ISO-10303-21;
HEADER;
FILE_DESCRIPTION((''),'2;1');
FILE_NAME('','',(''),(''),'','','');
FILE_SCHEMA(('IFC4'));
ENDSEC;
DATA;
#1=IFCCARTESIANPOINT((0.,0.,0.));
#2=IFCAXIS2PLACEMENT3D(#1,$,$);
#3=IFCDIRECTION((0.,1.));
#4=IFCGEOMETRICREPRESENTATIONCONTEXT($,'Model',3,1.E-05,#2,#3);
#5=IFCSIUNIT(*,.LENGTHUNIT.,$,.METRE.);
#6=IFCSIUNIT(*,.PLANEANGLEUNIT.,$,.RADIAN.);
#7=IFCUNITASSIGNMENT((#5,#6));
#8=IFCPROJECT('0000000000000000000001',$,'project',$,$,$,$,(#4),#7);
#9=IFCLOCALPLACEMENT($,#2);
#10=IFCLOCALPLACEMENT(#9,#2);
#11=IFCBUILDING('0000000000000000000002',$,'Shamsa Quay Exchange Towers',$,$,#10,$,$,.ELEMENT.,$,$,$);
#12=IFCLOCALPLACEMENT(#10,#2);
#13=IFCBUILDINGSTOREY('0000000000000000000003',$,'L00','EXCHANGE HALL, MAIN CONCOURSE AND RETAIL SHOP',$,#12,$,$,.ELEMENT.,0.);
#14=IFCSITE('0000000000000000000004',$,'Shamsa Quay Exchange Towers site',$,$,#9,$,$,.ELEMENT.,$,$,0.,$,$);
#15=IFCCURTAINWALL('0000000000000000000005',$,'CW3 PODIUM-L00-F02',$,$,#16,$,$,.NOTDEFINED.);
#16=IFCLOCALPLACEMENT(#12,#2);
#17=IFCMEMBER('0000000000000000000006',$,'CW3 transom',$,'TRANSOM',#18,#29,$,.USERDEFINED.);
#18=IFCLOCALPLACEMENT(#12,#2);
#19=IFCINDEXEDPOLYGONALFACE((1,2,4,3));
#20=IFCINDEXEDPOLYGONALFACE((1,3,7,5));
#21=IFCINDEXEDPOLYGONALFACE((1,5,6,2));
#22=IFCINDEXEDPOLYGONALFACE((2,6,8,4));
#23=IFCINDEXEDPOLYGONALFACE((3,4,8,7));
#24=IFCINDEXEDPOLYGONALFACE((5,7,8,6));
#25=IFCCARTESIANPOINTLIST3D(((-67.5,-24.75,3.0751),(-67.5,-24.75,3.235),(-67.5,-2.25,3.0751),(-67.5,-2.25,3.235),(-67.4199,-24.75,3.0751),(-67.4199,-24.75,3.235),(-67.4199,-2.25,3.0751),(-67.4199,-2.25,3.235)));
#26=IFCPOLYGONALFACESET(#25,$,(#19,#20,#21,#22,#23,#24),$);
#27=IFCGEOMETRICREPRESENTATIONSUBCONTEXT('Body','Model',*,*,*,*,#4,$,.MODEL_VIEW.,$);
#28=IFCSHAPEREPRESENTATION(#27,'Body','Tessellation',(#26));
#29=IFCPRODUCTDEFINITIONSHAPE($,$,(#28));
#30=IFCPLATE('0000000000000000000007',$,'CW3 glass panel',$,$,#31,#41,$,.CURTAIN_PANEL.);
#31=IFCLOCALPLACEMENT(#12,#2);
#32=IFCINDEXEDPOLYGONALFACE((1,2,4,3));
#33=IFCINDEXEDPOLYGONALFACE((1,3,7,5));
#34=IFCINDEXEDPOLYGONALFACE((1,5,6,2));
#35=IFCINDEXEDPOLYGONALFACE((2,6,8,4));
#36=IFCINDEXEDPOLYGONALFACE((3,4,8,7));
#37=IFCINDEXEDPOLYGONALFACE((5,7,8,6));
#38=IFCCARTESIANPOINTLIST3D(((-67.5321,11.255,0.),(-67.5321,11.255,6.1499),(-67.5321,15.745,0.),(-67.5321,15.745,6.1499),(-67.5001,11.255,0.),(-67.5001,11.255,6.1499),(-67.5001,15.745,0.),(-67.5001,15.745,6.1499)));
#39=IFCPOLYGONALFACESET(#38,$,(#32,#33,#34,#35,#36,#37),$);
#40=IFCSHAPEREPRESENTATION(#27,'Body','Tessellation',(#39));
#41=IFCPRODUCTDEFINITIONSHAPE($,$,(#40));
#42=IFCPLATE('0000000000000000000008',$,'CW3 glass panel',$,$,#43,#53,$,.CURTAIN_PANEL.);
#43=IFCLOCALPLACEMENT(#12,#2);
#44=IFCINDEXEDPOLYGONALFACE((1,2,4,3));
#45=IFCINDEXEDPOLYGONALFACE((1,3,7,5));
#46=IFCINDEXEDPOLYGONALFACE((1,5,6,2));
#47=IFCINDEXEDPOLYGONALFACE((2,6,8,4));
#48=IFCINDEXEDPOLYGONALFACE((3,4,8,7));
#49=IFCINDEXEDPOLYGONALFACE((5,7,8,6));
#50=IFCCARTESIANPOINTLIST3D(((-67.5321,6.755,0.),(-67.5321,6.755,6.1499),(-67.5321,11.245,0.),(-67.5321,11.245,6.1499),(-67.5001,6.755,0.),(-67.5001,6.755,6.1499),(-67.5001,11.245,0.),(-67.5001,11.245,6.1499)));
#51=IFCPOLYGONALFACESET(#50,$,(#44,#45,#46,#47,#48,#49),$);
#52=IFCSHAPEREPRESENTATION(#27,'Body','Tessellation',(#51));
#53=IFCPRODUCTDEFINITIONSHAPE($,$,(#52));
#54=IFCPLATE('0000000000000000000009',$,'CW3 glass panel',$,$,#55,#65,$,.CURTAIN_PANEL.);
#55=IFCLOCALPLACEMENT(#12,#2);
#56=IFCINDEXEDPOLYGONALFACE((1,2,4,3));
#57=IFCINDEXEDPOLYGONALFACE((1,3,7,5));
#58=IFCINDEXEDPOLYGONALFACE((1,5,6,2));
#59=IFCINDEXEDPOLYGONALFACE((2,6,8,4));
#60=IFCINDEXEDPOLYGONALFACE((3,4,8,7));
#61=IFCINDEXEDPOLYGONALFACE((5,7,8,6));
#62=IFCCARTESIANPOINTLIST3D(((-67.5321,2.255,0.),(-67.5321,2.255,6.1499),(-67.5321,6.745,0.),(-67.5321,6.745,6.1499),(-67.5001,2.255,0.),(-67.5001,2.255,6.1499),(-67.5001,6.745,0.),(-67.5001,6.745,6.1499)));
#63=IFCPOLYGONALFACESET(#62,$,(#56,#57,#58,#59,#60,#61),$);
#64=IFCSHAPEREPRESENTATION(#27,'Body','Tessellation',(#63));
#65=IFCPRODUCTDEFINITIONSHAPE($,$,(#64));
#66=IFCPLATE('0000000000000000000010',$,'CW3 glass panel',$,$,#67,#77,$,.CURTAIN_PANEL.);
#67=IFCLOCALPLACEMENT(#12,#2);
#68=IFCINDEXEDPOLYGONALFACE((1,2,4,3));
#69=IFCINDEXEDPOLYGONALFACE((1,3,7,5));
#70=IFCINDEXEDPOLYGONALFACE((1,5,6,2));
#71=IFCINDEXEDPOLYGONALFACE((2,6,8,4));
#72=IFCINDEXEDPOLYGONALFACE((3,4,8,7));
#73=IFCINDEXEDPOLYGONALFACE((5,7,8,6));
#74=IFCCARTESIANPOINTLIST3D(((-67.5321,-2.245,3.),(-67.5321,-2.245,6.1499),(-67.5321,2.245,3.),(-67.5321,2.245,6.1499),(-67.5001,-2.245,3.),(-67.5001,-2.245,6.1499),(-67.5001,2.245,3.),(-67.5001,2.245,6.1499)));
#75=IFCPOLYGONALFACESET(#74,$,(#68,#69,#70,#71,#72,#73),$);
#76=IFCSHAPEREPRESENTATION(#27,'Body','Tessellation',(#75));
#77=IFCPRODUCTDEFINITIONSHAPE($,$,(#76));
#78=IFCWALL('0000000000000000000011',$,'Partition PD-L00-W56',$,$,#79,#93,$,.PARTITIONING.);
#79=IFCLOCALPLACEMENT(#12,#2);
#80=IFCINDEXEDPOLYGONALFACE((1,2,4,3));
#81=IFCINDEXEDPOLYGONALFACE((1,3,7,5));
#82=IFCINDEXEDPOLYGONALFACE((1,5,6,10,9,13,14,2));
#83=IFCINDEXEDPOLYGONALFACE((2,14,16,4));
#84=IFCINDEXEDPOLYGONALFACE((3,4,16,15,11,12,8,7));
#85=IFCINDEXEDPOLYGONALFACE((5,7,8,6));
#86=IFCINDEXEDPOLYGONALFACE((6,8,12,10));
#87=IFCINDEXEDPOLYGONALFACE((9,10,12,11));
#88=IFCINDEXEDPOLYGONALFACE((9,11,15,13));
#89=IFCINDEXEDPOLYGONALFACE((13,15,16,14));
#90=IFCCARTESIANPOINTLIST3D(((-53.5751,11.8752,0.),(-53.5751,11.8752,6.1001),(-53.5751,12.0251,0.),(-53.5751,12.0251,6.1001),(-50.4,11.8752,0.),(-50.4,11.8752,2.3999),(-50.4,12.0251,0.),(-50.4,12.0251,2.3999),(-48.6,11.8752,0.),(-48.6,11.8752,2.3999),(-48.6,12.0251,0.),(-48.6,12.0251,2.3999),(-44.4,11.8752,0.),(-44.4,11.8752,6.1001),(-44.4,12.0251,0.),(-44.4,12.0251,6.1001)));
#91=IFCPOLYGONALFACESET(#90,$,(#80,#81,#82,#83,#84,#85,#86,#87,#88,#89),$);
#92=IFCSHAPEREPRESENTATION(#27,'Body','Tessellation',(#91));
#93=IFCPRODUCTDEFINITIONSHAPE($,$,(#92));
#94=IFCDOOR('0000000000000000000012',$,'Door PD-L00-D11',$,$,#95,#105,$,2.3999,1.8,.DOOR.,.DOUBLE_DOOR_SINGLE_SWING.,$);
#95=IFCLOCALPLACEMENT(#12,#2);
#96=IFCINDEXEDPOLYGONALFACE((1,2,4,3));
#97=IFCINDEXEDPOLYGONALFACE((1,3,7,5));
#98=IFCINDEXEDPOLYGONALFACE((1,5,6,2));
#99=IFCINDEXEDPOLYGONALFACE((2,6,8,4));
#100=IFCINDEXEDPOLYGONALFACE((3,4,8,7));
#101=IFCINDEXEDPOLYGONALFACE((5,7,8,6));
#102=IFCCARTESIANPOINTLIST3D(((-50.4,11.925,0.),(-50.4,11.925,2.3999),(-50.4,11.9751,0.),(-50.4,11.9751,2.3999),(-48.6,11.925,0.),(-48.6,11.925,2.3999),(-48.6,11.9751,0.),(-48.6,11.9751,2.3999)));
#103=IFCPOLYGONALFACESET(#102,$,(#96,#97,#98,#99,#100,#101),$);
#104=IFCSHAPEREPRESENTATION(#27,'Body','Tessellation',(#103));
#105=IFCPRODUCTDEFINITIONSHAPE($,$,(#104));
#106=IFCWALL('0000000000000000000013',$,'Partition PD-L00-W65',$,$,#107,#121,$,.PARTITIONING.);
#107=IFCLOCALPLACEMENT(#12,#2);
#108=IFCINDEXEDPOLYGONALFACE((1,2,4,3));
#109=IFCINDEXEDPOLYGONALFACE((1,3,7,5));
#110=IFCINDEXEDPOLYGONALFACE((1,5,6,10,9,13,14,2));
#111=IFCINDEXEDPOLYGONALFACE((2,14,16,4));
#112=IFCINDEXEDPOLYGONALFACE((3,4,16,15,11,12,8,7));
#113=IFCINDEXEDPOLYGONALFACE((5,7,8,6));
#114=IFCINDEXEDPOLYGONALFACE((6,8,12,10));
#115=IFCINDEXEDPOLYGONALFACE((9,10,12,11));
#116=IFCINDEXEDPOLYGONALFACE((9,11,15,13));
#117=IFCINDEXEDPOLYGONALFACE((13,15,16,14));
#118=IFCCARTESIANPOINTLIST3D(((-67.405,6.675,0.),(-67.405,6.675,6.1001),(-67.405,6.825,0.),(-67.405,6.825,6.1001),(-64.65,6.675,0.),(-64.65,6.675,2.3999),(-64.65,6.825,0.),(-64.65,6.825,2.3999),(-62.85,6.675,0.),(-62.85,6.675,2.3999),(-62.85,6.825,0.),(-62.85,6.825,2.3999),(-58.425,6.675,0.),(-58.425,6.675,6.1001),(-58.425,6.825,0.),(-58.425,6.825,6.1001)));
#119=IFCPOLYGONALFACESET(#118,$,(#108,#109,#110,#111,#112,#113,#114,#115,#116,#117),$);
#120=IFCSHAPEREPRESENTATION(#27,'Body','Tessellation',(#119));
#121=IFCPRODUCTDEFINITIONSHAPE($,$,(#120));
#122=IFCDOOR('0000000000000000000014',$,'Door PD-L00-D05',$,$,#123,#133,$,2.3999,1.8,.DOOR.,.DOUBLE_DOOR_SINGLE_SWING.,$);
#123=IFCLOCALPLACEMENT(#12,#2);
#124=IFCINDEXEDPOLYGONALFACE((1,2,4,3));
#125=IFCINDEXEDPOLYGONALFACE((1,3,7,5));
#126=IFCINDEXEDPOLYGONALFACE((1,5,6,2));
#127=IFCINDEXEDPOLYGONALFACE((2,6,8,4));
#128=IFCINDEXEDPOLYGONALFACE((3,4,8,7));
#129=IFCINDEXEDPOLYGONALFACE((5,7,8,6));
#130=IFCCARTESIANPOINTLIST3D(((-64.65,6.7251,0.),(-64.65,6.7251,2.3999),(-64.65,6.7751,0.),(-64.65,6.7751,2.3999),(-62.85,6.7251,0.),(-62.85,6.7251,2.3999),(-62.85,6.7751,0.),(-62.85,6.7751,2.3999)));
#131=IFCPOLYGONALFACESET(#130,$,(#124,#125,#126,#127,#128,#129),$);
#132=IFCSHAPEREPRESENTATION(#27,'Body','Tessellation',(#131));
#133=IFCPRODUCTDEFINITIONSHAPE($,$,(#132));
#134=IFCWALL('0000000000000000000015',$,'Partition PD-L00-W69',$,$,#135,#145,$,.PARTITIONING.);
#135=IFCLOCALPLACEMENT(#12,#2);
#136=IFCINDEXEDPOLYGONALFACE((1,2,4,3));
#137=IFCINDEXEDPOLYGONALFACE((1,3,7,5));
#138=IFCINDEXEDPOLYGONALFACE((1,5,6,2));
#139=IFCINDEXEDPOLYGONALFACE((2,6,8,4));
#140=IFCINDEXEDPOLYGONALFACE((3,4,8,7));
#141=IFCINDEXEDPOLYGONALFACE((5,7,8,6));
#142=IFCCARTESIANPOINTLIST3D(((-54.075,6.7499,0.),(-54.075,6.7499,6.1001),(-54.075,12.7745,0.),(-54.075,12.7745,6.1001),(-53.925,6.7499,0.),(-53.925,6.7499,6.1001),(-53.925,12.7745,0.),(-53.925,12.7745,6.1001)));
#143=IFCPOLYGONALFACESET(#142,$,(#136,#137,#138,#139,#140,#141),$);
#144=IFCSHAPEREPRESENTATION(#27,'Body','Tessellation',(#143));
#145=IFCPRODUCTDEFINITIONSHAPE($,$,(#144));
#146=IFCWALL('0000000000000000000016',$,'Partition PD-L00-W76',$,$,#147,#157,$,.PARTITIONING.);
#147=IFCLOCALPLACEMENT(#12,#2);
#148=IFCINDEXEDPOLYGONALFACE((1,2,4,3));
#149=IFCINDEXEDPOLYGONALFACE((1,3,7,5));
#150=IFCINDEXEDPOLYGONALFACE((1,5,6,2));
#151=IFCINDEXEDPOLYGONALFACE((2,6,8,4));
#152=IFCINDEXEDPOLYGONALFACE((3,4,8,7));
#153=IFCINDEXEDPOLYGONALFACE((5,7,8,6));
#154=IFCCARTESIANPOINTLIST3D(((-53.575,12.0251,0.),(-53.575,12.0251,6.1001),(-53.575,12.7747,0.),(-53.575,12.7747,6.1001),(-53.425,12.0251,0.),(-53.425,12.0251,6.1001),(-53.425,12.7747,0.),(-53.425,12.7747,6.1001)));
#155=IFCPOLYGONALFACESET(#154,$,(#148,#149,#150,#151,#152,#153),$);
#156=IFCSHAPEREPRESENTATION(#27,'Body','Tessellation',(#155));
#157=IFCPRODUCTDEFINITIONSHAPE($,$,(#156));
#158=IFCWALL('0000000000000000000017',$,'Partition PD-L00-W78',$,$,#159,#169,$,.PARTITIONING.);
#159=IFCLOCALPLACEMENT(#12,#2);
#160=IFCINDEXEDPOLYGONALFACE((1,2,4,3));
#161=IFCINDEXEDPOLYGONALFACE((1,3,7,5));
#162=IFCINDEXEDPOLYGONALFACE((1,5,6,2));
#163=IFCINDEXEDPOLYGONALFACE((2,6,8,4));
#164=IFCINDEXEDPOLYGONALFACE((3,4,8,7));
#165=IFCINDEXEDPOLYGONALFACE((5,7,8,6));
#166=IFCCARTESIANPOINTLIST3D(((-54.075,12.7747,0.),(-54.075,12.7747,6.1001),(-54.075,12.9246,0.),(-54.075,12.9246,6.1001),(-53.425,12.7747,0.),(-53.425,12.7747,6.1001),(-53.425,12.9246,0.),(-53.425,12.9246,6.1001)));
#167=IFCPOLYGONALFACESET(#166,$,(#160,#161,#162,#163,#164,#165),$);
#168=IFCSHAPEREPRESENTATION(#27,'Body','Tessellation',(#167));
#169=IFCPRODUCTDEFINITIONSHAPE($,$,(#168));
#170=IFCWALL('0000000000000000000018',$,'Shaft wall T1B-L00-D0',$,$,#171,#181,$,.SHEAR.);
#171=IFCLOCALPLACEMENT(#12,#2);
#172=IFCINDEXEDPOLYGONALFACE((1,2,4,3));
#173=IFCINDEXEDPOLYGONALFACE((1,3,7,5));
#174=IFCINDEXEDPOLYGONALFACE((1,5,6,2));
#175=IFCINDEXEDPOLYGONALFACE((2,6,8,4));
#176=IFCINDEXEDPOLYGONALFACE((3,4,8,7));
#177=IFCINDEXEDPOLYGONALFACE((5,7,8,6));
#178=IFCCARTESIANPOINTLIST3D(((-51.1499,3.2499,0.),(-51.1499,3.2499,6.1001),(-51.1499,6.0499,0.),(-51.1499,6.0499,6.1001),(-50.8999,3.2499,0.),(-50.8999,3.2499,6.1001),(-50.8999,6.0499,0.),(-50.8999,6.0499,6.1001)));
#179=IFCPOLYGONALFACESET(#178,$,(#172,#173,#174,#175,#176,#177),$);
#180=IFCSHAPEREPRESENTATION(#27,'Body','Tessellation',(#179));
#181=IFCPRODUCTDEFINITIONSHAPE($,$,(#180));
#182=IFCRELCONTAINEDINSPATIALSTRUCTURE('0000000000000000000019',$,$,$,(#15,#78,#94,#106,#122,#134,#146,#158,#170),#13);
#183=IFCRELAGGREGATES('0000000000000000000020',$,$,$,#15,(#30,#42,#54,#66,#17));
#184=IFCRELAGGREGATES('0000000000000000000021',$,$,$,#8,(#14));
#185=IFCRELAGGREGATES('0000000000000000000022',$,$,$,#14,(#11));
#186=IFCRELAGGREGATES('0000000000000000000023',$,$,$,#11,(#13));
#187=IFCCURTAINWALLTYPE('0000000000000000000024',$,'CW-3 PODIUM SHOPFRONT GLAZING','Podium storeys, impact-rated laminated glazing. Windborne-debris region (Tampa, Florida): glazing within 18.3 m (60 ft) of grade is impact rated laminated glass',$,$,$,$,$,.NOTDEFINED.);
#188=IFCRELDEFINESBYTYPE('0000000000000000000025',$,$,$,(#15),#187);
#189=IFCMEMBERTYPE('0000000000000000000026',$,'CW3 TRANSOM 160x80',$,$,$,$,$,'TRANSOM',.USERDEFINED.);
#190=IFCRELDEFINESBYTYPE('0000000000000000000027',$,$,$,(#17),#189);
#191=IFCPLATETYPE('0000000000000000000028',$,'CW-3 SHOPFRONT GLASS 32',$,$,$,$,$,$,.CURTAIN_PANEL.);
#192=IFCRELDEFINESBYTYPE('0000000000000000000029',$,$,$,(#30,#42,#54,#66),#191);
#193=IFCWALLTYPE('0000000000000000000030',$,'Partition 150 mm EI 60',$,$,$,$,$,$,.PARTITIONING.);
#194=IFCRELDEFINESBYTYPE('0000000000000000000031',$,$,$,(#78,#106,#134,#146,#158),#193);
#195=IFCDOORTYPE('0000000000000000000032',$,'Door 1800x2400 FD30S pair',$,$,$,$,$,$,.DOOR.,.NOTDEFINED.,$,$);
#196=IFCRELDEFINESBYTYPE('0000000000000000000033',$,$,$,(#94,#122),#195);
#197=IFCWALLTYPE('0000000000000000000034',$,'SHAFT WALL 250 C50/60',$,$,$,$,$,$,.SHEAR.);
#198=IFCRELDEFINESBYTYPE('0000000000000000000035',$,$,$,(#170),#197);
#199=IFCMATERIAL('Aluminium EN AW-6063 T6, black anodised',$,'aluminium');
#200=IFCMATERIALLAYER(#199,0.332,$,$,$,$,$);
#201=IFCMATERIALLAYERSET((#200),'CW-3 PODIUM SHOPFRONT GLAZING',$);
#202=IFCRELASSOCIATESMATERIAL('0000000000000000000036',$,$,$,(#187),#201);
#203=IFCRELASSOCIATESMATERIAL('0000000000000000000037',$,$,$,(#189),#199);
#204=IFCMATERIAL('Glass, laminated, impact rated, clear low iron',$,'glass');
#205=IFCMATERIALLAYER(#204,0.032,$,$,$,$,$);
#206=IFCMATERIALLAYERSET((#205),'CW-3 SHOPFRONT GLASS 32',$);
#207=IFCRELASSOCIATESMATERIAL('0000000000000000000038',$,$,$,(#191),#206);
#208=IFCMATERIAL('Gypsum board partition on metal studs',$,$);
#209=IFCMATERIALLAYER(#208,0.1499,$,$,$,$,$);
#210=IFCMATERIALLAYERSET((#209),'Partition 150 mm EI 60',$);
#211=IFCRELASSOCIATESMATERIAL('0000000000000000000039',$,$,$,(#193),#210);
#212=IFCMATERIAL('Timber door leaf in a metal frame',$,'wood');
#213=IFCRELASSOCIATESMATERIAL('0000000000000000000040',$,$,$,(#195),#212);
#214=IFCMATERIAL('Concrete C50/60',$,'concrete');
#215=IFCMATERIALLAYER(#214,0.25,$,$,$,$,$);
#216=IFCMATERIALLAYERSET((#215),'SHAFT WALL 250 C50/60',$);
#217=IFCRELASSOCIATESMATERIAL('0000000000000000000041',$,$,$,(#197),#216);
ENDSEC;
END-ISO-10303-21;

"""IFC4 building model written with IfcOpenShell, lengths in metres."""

from ifc_helpers import new_model, si_unit, direction, frame, frame_2d, origin, origin_2d, place, context, subcontext, project, spatial, rectangle, extrude, material, layer, layer_set, material_profile, profile_set, type_object, element, fill, aggregate, save


model = new_model("IFC4")

# Units and contexts
model_context = context("Model", 3, precision=1e-05, world=origin(), true_north=direction((0.0, 1.0)))
body_context = subcontext(model_context, "Body", "Model", "MODEL_VIEW")
ifc_project = project(units=[si_unit("LENGTHUNIT", "METRE"), si_unit("PLANEANGLEUNIT", "RADIAN")], contexts=[model_context])

# Site, building, storey
site_placement = place(None, origin())
site = spatial("IfcSite", under=ifc_project, at=site_placement, Name="Shamsa Quay Exchange Towers site", CompositionType="ELEMENT", RefElevation=0.0)
building_placement = place(site_placement, origin())
building = spatial("IfcBuilding", under=site, at=building_placement, Name="Shamsa Quay Exchange Towers", CompositionType="ELEMENT")
storey_placement = place(building_placement, origin())
storey = spatial("IfcBuildingStorey", under=building, at=storey_placement, Name="L00", Description="EXCHANGE HALL, MAIN CONCOURSE AND RETAIL SHOP", CompositionType="ELEMENT", Elevation=0.0)

# Curtain wall, member, plates
ifc_material_1 = material(Name="Aluminium EN AW-6063 T6, black anodised", Category="aluminium")
ifc_layer_1 = layer(ifc_material_1, 0.332)
ifc_layer_set_1 = layer_set([ifc_layer_1], Name="CW-3 PODIUM SHOPFRONT GLAZING")
curtain_wall_type = type_object("IfcCurtainWallType", Name="CW-3 PODIUM SHOPFRONT GLAZING", Description="Podium storeys, impact-rated laminated glazing. Windborne-debris region (Tampa, Florida): glazing within 18.3 m (60 ft) of grade is impact rated laminated glass", PredefinedType="NOTDEFINED", material=ifc_layer_set_1)
curtain_wall_placement = place(storey_placement, origin())
curtain_wall = element("IfcCurtainWall", 1, at=curtain_wall_placement, inside=storey, type_object=curtain_wall_type, Name="CW3 PODIUM-L00-F02", PredefinedType="NOTDEFINED")
ifc_material_profile_1 = material_profile(ifc_material_1, rectangle(XDim=0.0801, YDim=0.1599, at=origin_2d()), Name="TR160x80")
ifc_profile_set_1 = profile_set([ifc_material_profile_1], Name="Aluminium EN AW-6063 T6, black anodised")
member_type_1 = type_object("IfcMemberType", Name="CW3 TRANSOM 160x80", ElementType="TRANSOM", PredefinedType="USERDEFINED", material=ifc_profile_set_1)
member_1_placement = place(storey_placement, frame((-67.46, -2.25, 3.155), z_axis=(0.0, -1.0, 0.0), x_axis=(1.0, 0.0, 0.0)))
member_1 = element("IfcMember", 2, at=member_1_placement, type_object=member_type_1, Name="CW3 transom", ObjectType="TRANSOM", PredefinedType="USERDEFINED", context=body_context, shape_type="SweptSolid", body=[
    extrude(rectangle(XDim=0.0801, YDim=0.1599, at=origin_2d()), origin(), (0.0, 0.0, 1.0), 22.5),
])
ifc_material_2 = material(Name="Glass, laminated, impact rated, clear low iron", Category="glass")
ifc_layer_2 = layer(ifc_material_2, 0.032)
ifc_layer_set_2 = layer_set([ifc_layer_2], Name="CW-3 SHOPFRONT GLASS 32")
plate_type = type_object("IfcPlateType", Name="CW-3 SHOPFRONT GLASS 32", PredefinedType="CURTAIN_PANEL", material=ifc_layer_set_2)
plate_1_placement = place(storey_placement, frame((-67.5161, 13.5, 0.0), z_axis=(0.0, 0.0, 1.0), x_axis=(0.0, -1.0, 0.0)))
plate_1 = element("IfcPlate", 3, at=plate_1_placement, type_object=plate_type, Name="CW3 glass panel", PredefinedType="CURTAIN_PANEL", context=body_context, shape_type="SweptSolid", body=[
    extrude(rectangle(XDim=4.49, YDim=0.032, at=origin_2d()), origin(), (0.0, 0.0, 1.0), 6.1499),
])
plate_2_placement = place(storey_placement, frame((-67.5161, 9.0, 0.0), z_axis=(0.0, 0.0, 1.0), x_axis=(0.0, -1.0, 0.0)))
plate_2 = element("IfcPlate", 4, at=plate_2_placement, type_object=plate_type, Name="CW3 glass panel", PredefinedType="CURTAIN_PANEL", context=body_context, shape_type="SweptSolid", body=[
    extrude(rectangle(XDim=4.49, YDim=0.032, at=origin_2d()), origin(), (0.0, 0.0, 1.0), 6.1499),
])
plate_3_placement = place(storey_placement, frame((-67.5161, 4.5, 0.0), z_axis=(0.0, 0.0, 1.0), x_axis=(0.0, -1.0, 0.0)))
plate_3 = element("IfcPlate", 5, at=plate_3_placement, type_object=plate_type, Name="CW3 glass panel", PredefinedType="CURTAIN_PANEL", context=body_context, shape_type="SweptSolid", body=[
    extrude(rectangle(XDim=4.49, YDim=0.032, at=origin_2d()), origin(), (0.0, 0.0, 1.0), 6.1499),
])
plate_4_placement = place(storey_placement, frame((-67.5161, 0.0, 3.0), z_axis=(0.0, 0.0, 1.0), x_axis=(0.0, -1.0, 0.0)))
plate_4 = element("IfcPlate", 6, at=plate_4_placement, type_object=plate_type, Name="CW3 glass panel", PredefinedType="CURTAIN_PANEL", context=body_context, shape_type="SweptSolid", body=[
    extrude(rectangle(XDim=4.49, YDim=0.032, at=origin_2d()), origin(), (0.0, 0.0, 1.0), 3.1499),
])
aggregate(curtain_wall, [plate_1, plate_2, plate_3, plate_4, member_1])

# Walls, openings, doors
ifc_material_3 = material(Name="Gypsum board partition on metal studs")
ifc_layer_3 = layer(ifc_material_3, 0.1499)
ifc_layer_set_3 = layer_set([ifc_layer_3], Name="Partition 150 mm EI 60")
wall_type_1 = type_object("IfcWallType", Name="Partition 150 mm EI 60", PredefinedType="PARTITIONING", material=ifc_layer_set_3)
wall_1_placement = place(storey_placement, frame((-53.575, 11.9502, 0.0)))
wall_1 = element("IfcWall", 7, at=wall_1_placement, inside=storey, type_object=wall_type_1, Name="Partition PD-L00-W56", PredefinedType="PARTITIONING", context=body_context, shape_type="SweptSolid", body=[
    extrude(rectangle(XDim=9.175, YDim=0.1499, at=frame_2d((4.5874, 0.0))), origin(), (0.0, 0.0, 1.0), 6.1001),
])
opening_1_placement = place(wall_1_placement, frame((3.175, 0.0, 0.0)))
opening_1 = element("IfcOpeningElement", 8, at=opening_1_placement, cuts=wall_1, PredefinedType="OPENING", context=body_context, shape_type="SweptSolid", body=[
    extrude(rectangle(XDim=1.8, YDim=2.3999, at=frame_2d((0.8999, 1.2))), frame((0.0, 0.085, 0.0), z_axis=(0.0, -1.0, 0.0), x_axis=(1.0, 0.0, 0.0)), (0.0, 0.0, 1.0), 0.1699),
])
ifc_material_4 = material(Name="Timber door leaf in a metal frame", Category="wood")
door_type_1 = type_object("IfcDoorType", Name="Door 1800x2400 FD30S pair", OperationType="NOTDEFINED", PredefinedType="DOOR", material=ifc_material_4)
door_1_placement = place(opening_1_placement, origin())
door_1 = element("IfcDoor", 9, at=door_1_placement, inside=storey, type_object=door_type_1, Name="Door PD-L00-D11", OperationType="DOUBLE_DOOR_SINGLE_SWING", OverallHeight=2.3999, OverallWidth=1.8, PredefinedType="DOOR", context=body_context, shape_type="SweptSolid", body=[
    extrude(rectangle(XDim=1.8, YDim=2.3999, at=frame_2d((0.8999, 1.2))), frame((0.0, 0.0249, 0.0), z_axis=(0.0, -1.0, 0.0), x_axis=(1.0, 0.0, 0.0)), (0.0, 0.0, 1.0), 0.05),
])
fill(opening_1, door_1)
wall_2_placement = place(storey_placement, frame((-58.425, 6.75, 0.0), z_axis=(0.0, 0.0, 1.0), x_axis=(-1.0, 0.0, 0.0)))
wall_2 = element("IfcWall", 10, at=wall_2_placement, inside=storey, type_object=wall_type_1, Name="Partition PD-L00-W65", PredefinedType="PARTITIONING", context=body_context, shape_type="SweptSolid", body=[
    extrude(rectangle(XDim=8.98, YDim=0.1499, at=frame_2d((4.49, 0.0))), origin(), (0.0, 0.0, 1.0), 6.1001),
])
opening_2_placement = place(wall_2_placement, frame((4.425, 0.0, 0.0)))
opening_2 = element("IfcOpeningElement", 11, at=opening_2_placement, cuts=wall_2, PredefinedType="OPENING", context=body_context, shape_type="SweptSolid", body=[
    extrude(rectangle(XDim=1.8, YDim=2.3999, at=frame_2d((0.8999, 1.2))), frame((0.0, 0.085, 0.0), z_axis=(0.0, -1.0, 0.0), x_axis=(1.0, 0.0, 0.0)), (0.0, 0.0, 1.0), 0.1699),
])
door_2_placement = place(opening_2_placement, origin())
door_2 = element("IfcDoor", 12, at=door_2_placement, inside=storey, type_object=door_type_1, Name="Door PD-L00-D05", OperationType="DOUBLE_DOOR_SINGLE_SWING", OverallHeight=2.3999, OverallWidth=1.8, PredefinedType="DOOR", context=body_context, shape_type="SweptSolid", body=[
    extrude(rectangle(XDim=1.8, YDim=2.3999, at=frame_2d((0.8999, 1.2))), frame((0.0, 0.0249, 0.0), z_axis=(0.0, -1.0, 0.0), x_axis=(1.0, 0.0, 0.0)), (0.0, 0.0, 1.0), 0.05),
])
fill(opening_2, door_2)

# Walls
wall_3_placement = place(storey_placement, frame((-54.0, 6.75, 0.0), z_axis=(0.0, 0.0, 1.0), x_axis=(0.0, 1.0, 0.0)))
element("IfcWall", 13, at=wall_3_placement, inside=storey, type_object=wall_type_1, Name="Partition PD-L00-W69", PredefinedType="PARTITIONING", context=body_context, shape_type="SweptSolid", body=[
    extrude(rectangle(XDim=6.0247, YDim=0.1499, at=frame_2d((3.0122, 0.0))), origin(), (0.0, 0.0, 1.0), 6.1001),
])
wall_4_placement = place(storey_placement, frame((-53.5, 12.7747, 0.0), z_axis=(0.0, 0.0, 1.0), x_axis=(0.0, -1.0, 0.0)))
element("IfcWall", 14, at=wall_4_placement, inside=storey, type_object=wall_type_1, Name="Partition PD-L00-W76", PredefinedType="PARTITIONING", context=body_context, shape_type="SweptSolid", body=[
    extrude(rectangle(XDim=0.7495, YDim=0.1499, at=frame_2d((0.3748, 0.0))), origin(), (0.0, 0.0, 1.0), 6.1001),
])
wall_5_placement = place(storey_placement, frame((-54.075, 12.8496, 0.0)))
element("IfcWall", 15, at=wall_5_placement, inside=storey, type_object=wall_type_1, Name="Partition PD-L00-W78", PredefinedType="PARTITIONING", context=body_context, shape_type="SweptSolid", body=[
    extrude(rectangle(XDim=0.6499, YDim=0.1499, at=frame_2d((0.325, 0.0))), origin(), (0.0, 0.0, 1.0), 6.1001),
])
ifc_material_5 = material(Name="Concrete C50/60", Category="concrete")
ifc_layer_4 = layer(ifc_material_5, 0.25)
ifc_layer_set_4 = layer_set([ifc_layer_4], Name="SHAFT WALL 250 C50/60")
wall_type_2 = type_object("IfcWallType", Name="SHAFT WALL 250 C50/60", PredefinedType="SHEAR", material=ifc_layer_set_4)
wall_6_placement = place(storey_placement, frame((-51.0249, 3.25, 0.0), z_axis=(0.0, 0.0, 1.0), x_axis=(0.0, 1.0, 0.0)))
element("IfcWall", 16, at=wall_6_placement, inside=storey, type_object=wall_type_2, Name="Shaft wall T1B-L00-D0", PredefinedType="SHEAR", context=body_context, shape_type="SweptSolid", body=[
    extrude(rectangle(XDim=2.8, YDim=0.25, at=frame_2d((1.3999, 0.0))), origin(), (0.0, 0.0, 1.0), 6.1001),
])

save(model, "model.ifc")
